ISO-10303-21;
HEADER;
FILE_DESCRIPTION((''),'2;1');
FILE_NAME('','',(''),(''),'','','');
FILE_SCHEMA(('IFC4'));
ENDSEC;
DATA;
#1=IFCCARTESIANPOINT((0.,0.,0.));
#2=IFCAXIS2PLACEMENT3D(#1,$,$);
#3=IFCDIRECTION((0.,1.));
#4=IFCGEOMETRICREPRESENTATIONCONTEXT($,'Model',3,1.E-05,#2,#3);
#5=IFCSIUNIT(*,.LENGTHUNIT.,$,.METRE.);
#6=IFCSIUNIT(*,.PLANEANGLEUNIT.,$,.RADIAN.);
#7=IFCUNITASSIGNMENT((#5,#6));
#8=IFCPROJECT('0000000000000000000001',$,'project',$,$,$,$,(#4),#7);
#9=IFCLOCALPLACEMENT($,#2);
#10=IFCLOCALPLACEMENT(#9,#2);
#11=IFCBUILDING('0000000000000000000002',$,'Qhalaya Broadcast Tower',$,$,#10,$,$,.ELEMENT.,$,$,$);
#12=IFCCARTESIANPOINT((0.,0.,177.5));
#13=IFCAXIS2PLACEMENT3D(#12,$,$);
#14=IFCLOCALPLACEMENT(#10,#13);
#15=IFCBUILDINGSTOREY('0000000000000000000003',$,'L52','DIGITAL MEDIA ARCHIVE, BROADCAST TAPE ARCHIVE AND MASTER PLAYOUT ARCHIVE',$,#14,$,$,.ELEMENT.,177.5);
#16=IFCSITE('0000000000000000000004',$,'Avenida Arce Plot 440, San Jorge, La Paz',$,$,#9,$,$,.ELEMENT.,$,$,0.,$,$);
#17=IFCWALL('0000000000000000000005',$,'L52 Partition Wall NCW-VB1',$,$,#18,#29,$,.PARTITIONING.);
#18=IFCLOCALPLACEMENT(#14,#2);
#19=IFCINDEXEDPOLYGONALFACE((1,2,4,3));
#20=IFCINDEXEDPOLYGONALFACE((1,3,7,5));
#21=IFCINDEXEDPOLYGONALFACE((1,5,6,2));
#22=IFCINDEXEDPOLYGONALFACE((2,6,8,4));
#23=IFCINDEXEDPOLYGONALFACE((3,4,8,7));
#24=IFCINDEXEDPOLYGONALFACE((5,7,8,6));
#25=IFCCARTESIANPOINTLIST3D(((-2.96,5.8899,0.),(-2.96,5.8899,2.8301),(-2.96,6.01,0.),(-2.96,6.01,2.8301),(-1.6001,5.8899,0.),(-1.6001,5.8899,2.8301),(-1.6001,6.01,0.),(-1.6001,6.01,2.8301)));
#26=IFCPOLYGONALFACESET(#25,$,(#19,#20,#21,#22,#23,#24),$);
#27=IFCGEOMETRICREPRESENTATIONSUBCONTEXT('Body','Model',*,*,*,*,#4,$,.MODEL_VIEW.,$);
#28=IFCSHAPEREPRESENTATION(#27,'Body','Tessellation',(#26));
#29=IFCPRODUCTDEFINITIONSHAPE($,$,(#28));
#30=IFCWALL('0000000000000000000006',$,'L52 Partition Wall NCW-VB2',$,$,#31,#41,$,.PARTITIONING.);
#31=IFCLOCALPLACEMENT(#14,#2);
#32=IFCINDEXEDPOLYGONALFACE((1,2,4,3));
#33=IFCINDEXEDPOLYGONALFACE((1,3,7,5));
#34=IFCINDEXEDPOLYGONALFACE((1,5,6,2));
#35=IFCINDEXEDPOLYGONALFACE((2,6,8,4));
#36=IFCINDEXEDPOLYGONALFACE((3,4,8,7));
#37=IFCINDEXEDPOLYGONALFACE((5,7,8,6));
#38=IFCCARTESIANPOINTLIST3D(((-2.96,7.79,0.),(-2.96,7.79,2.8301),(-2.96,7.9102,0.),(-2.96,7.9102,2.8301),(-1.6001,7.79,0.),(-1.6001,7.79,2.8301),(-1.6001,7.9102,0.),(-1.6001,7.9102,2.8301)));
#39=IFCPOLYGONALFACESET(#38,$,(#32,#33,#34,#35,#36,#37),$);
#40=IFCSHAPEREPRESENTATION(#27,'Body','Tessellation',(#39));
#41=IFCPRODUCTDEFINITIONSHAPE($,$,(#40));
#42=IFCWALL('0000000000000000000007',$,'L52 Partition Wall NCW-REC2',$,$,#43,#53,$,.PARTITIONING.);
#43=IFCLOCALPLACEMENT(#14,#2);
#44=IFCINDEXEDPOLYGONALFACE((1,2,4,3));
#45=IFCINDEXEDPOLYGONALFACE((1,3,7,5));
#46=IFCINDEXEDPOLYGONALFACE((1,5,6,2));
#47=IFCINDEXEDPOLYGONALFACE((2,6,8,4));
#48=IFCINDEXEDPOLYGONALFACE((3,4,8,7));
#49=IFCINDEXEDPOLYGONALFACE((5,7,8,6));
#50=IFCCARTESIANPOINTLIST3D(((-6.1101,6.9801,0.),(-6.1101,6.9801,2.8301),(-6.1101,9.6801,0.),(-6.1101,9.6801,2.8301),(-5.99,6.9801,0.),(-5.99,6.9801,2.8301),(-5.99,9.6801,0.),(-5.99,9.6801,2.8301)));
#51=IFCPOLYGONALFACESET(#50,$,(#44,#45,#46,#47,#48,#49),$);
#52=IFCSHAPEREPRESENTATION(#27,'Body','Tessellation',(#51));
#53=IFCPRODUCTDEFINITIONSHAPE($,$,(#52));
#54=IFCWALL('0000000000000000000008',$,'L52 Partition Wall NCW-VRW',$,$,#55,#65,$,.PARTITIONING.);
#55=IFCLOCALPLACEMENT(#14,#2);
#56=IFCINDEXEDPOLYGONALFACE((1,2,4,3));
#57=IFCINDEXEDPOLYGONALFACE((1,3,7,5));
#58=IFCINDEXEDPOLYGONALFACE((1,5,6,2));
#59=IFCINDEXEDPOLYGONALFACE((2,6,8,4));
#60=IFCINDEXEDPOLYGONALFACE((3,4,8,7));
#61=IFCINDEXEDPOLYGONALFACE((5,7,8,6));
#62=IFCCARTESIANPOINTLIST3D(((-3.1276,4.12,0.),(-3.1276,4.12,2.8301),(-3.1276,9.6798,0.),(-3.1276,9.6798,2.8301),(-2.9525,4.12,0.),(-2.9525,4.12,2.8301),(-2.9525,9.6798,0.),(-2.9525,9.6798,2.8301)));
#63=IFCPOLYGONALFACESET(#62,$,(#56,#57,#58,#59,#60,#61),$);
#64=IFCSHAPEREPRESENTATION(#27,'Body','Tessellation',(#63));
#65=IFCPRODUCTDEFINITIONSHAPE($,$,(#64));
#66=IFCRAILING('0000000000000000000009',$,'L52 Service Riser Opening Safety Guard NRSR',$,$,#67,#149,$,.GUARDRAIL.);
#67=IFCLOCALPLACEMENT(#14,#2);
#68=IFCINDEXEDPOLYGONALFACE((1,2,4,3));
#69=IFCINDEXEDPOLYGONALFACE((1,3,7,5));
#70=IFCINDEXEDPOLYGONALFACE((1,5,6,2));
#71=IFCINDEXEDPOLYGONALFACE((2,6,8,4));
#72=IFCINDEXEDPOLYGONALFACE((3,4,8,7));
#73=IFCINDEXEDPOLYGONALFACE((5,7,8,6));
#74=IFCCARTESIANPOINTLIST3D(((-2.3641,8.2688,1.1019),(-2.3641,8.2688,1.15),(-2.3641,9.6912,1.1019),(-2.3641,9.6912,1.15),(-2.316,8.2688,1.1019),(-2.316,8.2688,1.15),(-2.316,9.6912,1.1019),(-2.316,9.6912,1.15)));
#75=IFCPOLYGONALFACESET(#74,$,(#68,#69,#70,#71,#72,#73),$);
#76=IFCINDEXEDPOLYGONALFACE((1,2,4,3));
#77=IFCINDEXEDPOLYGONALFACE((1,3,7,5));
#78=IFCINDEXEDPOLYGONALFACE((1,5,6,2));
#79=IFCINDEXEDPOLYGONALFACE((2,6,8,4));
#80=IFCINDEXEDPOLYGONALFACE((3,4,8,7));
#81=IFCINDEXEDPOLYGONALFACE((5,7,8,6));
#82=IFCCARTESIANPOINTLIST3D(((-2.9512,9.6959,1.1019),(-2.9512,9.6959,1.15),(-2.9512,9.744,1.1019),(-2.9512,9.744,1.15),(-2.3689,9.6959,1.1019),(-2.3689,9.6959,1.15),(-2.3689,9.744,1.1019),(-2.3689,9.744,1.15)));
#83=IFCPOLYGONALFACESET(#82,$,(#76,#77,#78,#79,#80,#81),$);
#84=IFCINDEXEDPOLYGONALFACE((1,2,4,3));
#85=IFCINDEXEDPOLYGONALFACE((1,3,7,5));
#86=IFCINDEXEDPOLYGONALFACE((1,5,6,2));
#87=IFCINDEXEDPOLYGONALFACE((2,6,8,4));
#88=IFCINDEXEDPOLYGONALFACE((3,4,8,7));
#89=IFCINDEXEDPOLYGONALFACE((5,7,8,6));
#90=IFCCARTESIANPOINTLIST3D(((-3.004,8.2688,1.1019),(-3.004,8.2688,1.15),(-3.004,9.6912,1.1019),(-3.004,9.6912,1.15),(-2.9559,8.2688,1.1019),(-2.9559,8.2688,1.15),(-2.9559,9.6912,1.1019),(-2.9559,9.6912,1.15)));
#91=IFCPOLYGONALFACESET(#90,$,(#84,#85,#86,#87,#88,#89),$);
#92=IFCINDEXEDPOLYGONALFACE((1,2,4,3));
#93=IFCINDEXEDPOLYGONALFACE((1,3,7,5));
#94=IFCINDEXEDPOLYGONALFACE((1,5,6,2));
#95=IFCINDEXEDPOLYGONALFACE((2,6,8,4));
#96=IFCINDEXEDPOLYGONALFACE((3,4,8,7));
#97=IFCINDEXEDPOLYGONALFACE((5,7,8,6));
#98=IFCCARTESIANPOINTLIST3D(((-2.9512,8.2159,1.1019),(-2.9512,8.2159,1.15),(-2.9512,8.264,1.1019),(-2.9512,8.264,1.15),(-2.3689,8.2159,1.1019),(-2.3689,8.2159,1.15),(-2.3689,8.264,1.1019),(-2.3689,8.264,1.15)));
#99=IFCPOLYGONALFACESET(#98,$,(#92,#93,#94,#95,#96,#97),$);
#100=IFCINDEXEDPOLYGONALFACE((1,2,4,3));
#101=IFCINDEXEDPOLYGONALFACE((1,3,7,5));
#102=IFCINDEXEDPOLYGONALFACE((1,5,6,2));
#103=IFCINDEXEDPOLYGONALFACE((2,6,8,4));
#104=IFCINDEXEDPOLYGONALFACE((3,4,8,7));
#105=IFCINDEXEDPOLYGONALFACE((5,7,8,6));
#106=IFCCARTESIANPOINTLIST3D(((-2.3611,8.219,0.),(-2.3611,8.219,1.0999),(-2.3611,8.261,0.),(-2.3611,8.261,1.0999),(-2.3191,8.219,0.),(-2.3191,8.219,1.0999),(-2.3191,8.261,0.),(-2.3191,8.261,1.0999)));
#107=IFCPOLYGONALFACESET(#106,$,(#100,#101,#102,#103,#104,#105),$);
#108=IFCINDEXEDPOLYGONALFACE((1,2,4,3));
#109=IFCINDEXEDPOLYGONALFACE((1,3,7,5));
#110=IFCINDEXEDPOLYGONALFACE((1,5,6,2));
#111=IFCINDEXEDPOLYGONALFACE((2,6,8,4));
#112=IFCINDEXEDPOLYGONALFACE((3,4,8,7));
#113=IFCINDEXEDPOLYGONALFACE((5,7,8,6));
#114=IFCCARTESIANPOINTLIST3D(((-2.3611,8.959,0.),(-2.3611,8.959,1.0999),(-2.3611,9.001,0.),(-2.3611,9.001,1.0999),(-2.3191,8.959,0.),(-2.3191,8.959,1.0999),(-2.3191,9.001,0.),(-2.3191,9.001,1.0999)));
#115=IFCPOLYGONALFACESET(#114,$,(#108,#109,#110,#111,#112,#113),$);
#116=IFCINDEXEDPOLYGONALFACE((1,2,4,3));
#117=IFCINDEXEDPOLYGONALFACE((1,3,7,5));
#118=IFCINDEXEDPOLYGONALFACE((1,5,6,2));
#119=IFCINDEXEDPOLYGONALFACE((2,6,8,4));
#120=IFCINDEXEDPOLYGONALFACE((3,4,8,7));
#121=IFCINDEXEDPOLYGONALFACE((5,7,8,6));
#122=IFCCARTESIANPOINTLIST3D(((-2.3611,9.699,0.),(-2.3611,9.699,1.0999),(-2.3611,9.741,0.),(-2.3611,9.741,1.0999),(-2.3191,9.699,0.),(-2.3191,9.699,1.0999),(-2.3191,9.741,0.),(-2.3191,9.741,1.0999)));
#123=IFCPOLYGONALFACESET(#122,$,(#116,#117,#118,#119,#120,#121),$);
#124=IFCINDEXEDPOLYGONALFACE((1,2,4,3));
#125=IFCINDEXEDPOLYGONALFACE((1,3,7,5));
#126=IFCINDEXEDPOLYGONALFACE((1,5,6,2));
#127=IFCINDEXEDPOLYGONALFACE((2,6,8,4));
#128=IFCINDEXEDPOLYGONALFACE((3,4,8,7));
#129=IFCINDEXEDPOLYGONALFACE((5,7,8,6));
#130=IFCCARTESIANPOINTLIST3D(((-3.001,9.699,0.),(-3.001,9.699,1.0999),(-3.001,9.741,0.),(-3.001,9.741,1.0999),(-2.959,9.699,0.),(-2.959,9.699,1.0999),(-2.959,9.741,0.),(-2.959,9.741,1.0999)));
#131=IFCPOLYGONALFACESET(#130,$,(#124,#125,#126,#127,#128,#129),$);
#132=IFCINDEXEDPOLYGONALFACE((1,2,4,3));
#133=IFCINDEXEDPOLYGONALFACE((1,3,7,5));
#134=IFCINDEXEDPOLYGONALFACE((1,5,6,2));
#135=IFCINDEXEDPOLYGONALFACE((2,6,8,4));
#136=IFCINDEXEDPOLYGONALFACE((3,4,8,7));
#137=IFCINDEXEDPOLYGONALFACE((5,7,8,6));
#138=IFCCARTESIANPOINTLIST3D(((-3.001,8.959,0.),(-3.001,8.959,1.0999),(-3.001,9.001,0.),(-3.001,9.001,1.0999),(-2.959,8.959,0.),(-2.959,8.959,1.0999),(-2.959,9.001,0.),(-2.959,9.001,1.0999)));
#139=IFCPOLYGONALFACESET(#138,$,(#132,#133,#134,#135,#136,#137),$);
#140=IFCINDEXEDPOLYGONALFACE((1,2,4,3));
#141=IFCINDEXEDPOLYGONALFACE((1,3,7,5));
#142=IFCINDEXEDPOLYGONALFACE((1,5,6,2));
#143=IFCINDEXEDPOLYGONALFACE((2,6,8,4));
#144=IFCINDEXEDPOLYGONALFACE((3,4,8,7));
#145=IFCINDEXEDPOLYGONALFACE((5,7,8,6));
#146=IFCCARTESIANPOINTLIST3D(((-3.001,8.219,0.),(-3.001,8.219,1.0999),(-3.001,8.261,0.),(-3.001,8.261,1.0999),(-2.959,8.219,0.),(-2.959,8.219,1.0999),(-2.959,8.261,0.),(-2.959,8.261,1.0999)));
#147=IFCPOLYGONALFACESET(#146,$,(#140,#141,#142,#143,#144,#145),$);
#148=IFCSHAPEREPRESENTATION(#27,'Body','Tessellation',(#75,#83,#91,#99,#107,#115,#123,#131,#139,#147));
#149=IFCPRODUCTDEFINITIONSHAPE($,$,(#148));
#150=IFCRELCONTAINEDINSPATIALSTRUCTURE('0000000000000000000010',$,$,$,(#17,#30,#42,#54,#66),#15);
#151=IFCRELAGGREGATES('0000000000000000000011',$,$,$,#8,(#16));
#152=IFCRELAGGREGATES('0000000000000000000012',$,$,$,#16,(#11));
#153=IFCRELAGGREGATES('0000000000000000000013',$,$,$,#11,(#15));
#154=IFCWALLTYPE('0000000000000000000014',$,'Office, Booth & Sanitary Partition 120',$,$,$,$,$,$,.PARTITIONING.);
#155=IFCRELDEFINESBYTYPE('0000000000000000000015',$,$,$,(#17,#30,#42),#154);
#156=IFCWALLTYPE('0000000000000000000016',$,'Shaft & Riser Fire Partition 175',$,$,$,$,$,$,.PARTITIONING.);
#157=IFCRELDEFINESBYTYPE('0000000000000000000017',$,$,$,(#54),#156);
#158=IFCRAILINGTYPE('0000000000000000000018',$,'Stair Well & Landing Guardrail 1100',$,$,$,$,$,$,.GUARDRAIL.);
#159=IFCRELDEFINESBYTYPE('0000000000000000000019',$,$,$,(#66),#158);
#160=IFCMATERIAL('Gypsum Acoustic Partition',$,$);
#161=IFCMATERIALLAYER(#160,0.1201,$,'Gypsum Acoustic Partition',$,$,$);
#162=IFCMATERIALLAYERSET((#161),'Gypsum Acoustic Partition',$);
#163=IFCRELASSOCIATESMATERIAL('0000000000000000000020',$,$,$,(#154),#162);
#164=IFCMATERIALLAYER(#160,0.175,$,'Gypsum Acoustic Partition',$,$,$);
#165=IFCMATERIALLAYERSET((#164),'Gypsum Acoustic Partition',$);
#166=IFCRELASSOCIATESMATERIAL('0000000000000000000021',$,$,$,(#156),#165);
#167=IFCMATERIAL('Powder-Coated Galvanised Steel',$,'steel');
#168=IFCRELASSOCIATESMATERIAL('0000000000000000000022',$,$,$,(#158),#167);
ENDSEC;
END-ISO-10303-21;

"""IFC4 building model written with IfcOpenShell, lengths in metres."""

from ifc_helpers import new_model, si_unit, direction, frame, frame_2d, origin, origin_2d, place, context, subcontext, project, spatial, rectangle, extrude, material, layer, layer_set, type_object, element, save


model = new_model("IFC4")

# Units and contexts
model_context = context("Model", 3, precision=1e-05, world=origin(), true_north=direction((0.0, 1.0)))
body_context = subcontext(model_context, "Body", "Model", "MODEL_VIEW")
ifc_project = project(units=[si_unit("LENGTHUNIT", "METRE"), si_unit("PLANEANGLEUNIT", "RADIAN")], contexts=[model_context])

# Site, building, storey
site_placement = place(None, origin())
site = spatial("IfcSite", under=ifc_project, at=site_placement, Name="Avenida Arce Plot 440, San Jorge, La Paz", CompositionType="ELEMENT", RefElevation=0.0)
building_placement = place(site_placement, origin())
building = spatial("IfcBuilding", under=site, at=building_placement, Name="Qhalaya Broadcast Tower", CompositionType="ELEMENT")
storey_placement = place(building_placement, frame((0.0, 0.0, 177.5)))
storey = spatial("IfcBuildingStorey", under=building, at=storey_placement, Name="L52", Description="DIGITAL MEDIA ARCHIVE, BROADCAST TAPE ARCHIVE AND MASTER PLAYOUT ARCHIVE", CompositionType="ELEMENT", Elevation=177.5)

# Shared definitions
ifc_material_1 = material(Name="Gypsum Acoustic Partition")

# Walls
ifc_layer_1 = layer(ifc_material_1, 0.1201, Name="Gypsum Acoustic Partition")
ifc_layer_set_1 = layer_set([ifc_layer_1], Name="Gypsum Acoustic Partition")
wall_type_1 = type_object("IfcWallType", Name="Office, Booth & Sanitary Partition 120", PredefinedType="PARTITIONING", material=ifc_layer_set_1)
for number, where, z_axis, x_axis, name in (
    (1, (-2.96, 5.95, 0.0), (0.0, 0.0, 1.0), (1.0, 0.0, 0.0), "L52 Partition Wall NCW-VB1"),
    (2, (-2.96, 7.8501, 0.0), (0.0, 0.0, 1.0), (1.0, 0.0, 0.0), "L52 Partition Wall NCW-VB2"),
):
    element("IfcWall", number, at=place(storey_placement, frame(where, z_axis=z_axis, x_axis=x_axis)), inside=storey, type_object=wall_type_1, Name=name, PredefinedType="PARTITIONING", context=body_context, shape_type="SweptSolid", body=[
        extrude(rectangle(XDim=1.3599, YDim=0.1201, at=frame_2d((0.6799, 0.0))), origin(), (0.0, 0.0, 1.0), 2.8301),
    ])
wall_1_placement = place(storey_placement, frame((-6.05, 6.98, 0.0), z_axis=(0.0, 0.0, 1.0), x_axis=(0.0, 1.0, 0.0)))
element("IfcWall", 3, at=wall_1_placement, inside=storey, type_object=wall_type_1, Name="L52 Partition Wall NCW-REC2", PredefinedType="PARTITIONING", context=body_context, shape_type="SweptSolid", body=[
    extrude(rectangle(XDim=2.7, YDim=0.1201, at=frame_2d((1.3501, 0.0))), origin(), (0.0, 0.0, 1.0), 2.8301),
])
ifc_layer_2 = layer(ifc_material_1, 0.175, Name="Gypsum Acoustic Partition")
ifc_layer_set_2 = layer_set([ifc_layer_2], Name="Gypsum Acoustic Partition")
wall_type_2 = type_object("IfcWallType", Name="Shaft & Riser Fire Partition 175", PredefinedType="PARTITIONING", material=ifc_layer_set_2)
wall_2_placement = place(storey_placement, frame((-3.04, 4.1201, 0.0), z_axis=(0.0, 0.0, 1.0), x_axis=(0.0, 1.0, 0.0)))
element("IfcWall", 4, at=wall_2_placement, inside=storey, type_object=wall_type_2, Name="L52 Partition Wall NCW-VRW", PredefinedType="PARTITIONING", context=body_context, shape_type="SweptSolid", body=[
    extrude(rectangle(XDim=5.5598, YDim=0.175, at=frame_2d((2.7798, 0.0))), origin(), (0.0, 0.0, 1.0), 2.8301),
])

# Railing
ifc_material_2 = material(Name="Powder-Coated Galvanised Steel", Category="steel")
railing_type = type_object("IfcRailingType", Name="Stair Well & Landing Guardrail 1100", PredefinedType="GUARDRAIL", material=ifc_material_2)
railing_placement = place(storey_placement, frame((-2.3401, 8.24, 0.0)))
element("IfcRailing", 5, at=railing_placement, inside=storey, type_object=railing_type, Name="L52 Service Riser Opening Safety Guard NRSR", PredefinedType="GUARDRAIL", context=body_context, shape_type="SweptSolid", body=[
    extrude(rectangle(XDim=0.0481, YDim=0.0481, at=origin_2d()), frame((0.0, 0.0288, 1.126), z_axis=(0.0, 1.0, 0.0), x_axis=(-1.0, 0.0, 0.0)), (0.0, 0.0, 1.0), 1.4224),
    extrude(rectangle(XDim=0.0481, YDim=0.0481, at=origin_2d()), frame((-0.0288, 1.48, 1.126), z_axis=(-1.0, 0.0, 0.0), x_axis=(0.0, -1.0, 0.0)), (0.0, 0.0, 1.0), 0.5823),
    extrude(rectangle(XDim=0.0481, YDim=0.0481, at=origin_2d()), frame((-0.6399, 1.4512, 1.126), z_axis=(0.0, -1.0, 0.0), x_axis=(1.0, 0.0, 0.0)), (0.0, 0.0, 1.0), 1.4224),
    extrude(rectangle(XDim=0.0481, YDim=0.0481, at=origin_2d()), frame((-0.6111, 0.0, 1.126), z_axis=(1.0, 0.0, 0.0), x_axis=(0.0, 1.0, 0.0)), (0.0, 0.0, 1.0), 0.5823),
    extrude(rectangle(XDim=0.042, YDim=0.042, at=origin_2d()), origin(), (0.0, 0.0, 1.0), 1.0999),
    extrude(rectangle(XDim=0.042, YDim=0.042, at=origin_2d()), frame((0.0, 0.74, 0.0)), (0.0, 0.0, 1.0), 1.0999),
    extrude(rectangle(XDim=0.042, YDim=0.042, at=origin_2d()), frame((0.0, 1.48, 0.0)), (0.0, 0.0, 1.0), 1.0999),
    extrude(rectangle(XDim=0.042, YDim=0.042, at=origin_2d()), frame((-0.6399, 1.48, 0.0)), (0.0, 0.0, 1.0), 1.0999),
    extrude(rectangle(XDim=0.042, YDim=0.042, at=origin_2d()), frame((-0.6399, 0.74, 0.0)), (0.0, 0.0, 1.0), 1.0999),
    extrude(rectangle(XDim=0.042, YDim=0.042, at=origin_2d()), frame((-0.6399, 0.0, 0.0)), (0.0, 0.0, 1.0), 1.0999),
])

save(model, "model.ifc")
